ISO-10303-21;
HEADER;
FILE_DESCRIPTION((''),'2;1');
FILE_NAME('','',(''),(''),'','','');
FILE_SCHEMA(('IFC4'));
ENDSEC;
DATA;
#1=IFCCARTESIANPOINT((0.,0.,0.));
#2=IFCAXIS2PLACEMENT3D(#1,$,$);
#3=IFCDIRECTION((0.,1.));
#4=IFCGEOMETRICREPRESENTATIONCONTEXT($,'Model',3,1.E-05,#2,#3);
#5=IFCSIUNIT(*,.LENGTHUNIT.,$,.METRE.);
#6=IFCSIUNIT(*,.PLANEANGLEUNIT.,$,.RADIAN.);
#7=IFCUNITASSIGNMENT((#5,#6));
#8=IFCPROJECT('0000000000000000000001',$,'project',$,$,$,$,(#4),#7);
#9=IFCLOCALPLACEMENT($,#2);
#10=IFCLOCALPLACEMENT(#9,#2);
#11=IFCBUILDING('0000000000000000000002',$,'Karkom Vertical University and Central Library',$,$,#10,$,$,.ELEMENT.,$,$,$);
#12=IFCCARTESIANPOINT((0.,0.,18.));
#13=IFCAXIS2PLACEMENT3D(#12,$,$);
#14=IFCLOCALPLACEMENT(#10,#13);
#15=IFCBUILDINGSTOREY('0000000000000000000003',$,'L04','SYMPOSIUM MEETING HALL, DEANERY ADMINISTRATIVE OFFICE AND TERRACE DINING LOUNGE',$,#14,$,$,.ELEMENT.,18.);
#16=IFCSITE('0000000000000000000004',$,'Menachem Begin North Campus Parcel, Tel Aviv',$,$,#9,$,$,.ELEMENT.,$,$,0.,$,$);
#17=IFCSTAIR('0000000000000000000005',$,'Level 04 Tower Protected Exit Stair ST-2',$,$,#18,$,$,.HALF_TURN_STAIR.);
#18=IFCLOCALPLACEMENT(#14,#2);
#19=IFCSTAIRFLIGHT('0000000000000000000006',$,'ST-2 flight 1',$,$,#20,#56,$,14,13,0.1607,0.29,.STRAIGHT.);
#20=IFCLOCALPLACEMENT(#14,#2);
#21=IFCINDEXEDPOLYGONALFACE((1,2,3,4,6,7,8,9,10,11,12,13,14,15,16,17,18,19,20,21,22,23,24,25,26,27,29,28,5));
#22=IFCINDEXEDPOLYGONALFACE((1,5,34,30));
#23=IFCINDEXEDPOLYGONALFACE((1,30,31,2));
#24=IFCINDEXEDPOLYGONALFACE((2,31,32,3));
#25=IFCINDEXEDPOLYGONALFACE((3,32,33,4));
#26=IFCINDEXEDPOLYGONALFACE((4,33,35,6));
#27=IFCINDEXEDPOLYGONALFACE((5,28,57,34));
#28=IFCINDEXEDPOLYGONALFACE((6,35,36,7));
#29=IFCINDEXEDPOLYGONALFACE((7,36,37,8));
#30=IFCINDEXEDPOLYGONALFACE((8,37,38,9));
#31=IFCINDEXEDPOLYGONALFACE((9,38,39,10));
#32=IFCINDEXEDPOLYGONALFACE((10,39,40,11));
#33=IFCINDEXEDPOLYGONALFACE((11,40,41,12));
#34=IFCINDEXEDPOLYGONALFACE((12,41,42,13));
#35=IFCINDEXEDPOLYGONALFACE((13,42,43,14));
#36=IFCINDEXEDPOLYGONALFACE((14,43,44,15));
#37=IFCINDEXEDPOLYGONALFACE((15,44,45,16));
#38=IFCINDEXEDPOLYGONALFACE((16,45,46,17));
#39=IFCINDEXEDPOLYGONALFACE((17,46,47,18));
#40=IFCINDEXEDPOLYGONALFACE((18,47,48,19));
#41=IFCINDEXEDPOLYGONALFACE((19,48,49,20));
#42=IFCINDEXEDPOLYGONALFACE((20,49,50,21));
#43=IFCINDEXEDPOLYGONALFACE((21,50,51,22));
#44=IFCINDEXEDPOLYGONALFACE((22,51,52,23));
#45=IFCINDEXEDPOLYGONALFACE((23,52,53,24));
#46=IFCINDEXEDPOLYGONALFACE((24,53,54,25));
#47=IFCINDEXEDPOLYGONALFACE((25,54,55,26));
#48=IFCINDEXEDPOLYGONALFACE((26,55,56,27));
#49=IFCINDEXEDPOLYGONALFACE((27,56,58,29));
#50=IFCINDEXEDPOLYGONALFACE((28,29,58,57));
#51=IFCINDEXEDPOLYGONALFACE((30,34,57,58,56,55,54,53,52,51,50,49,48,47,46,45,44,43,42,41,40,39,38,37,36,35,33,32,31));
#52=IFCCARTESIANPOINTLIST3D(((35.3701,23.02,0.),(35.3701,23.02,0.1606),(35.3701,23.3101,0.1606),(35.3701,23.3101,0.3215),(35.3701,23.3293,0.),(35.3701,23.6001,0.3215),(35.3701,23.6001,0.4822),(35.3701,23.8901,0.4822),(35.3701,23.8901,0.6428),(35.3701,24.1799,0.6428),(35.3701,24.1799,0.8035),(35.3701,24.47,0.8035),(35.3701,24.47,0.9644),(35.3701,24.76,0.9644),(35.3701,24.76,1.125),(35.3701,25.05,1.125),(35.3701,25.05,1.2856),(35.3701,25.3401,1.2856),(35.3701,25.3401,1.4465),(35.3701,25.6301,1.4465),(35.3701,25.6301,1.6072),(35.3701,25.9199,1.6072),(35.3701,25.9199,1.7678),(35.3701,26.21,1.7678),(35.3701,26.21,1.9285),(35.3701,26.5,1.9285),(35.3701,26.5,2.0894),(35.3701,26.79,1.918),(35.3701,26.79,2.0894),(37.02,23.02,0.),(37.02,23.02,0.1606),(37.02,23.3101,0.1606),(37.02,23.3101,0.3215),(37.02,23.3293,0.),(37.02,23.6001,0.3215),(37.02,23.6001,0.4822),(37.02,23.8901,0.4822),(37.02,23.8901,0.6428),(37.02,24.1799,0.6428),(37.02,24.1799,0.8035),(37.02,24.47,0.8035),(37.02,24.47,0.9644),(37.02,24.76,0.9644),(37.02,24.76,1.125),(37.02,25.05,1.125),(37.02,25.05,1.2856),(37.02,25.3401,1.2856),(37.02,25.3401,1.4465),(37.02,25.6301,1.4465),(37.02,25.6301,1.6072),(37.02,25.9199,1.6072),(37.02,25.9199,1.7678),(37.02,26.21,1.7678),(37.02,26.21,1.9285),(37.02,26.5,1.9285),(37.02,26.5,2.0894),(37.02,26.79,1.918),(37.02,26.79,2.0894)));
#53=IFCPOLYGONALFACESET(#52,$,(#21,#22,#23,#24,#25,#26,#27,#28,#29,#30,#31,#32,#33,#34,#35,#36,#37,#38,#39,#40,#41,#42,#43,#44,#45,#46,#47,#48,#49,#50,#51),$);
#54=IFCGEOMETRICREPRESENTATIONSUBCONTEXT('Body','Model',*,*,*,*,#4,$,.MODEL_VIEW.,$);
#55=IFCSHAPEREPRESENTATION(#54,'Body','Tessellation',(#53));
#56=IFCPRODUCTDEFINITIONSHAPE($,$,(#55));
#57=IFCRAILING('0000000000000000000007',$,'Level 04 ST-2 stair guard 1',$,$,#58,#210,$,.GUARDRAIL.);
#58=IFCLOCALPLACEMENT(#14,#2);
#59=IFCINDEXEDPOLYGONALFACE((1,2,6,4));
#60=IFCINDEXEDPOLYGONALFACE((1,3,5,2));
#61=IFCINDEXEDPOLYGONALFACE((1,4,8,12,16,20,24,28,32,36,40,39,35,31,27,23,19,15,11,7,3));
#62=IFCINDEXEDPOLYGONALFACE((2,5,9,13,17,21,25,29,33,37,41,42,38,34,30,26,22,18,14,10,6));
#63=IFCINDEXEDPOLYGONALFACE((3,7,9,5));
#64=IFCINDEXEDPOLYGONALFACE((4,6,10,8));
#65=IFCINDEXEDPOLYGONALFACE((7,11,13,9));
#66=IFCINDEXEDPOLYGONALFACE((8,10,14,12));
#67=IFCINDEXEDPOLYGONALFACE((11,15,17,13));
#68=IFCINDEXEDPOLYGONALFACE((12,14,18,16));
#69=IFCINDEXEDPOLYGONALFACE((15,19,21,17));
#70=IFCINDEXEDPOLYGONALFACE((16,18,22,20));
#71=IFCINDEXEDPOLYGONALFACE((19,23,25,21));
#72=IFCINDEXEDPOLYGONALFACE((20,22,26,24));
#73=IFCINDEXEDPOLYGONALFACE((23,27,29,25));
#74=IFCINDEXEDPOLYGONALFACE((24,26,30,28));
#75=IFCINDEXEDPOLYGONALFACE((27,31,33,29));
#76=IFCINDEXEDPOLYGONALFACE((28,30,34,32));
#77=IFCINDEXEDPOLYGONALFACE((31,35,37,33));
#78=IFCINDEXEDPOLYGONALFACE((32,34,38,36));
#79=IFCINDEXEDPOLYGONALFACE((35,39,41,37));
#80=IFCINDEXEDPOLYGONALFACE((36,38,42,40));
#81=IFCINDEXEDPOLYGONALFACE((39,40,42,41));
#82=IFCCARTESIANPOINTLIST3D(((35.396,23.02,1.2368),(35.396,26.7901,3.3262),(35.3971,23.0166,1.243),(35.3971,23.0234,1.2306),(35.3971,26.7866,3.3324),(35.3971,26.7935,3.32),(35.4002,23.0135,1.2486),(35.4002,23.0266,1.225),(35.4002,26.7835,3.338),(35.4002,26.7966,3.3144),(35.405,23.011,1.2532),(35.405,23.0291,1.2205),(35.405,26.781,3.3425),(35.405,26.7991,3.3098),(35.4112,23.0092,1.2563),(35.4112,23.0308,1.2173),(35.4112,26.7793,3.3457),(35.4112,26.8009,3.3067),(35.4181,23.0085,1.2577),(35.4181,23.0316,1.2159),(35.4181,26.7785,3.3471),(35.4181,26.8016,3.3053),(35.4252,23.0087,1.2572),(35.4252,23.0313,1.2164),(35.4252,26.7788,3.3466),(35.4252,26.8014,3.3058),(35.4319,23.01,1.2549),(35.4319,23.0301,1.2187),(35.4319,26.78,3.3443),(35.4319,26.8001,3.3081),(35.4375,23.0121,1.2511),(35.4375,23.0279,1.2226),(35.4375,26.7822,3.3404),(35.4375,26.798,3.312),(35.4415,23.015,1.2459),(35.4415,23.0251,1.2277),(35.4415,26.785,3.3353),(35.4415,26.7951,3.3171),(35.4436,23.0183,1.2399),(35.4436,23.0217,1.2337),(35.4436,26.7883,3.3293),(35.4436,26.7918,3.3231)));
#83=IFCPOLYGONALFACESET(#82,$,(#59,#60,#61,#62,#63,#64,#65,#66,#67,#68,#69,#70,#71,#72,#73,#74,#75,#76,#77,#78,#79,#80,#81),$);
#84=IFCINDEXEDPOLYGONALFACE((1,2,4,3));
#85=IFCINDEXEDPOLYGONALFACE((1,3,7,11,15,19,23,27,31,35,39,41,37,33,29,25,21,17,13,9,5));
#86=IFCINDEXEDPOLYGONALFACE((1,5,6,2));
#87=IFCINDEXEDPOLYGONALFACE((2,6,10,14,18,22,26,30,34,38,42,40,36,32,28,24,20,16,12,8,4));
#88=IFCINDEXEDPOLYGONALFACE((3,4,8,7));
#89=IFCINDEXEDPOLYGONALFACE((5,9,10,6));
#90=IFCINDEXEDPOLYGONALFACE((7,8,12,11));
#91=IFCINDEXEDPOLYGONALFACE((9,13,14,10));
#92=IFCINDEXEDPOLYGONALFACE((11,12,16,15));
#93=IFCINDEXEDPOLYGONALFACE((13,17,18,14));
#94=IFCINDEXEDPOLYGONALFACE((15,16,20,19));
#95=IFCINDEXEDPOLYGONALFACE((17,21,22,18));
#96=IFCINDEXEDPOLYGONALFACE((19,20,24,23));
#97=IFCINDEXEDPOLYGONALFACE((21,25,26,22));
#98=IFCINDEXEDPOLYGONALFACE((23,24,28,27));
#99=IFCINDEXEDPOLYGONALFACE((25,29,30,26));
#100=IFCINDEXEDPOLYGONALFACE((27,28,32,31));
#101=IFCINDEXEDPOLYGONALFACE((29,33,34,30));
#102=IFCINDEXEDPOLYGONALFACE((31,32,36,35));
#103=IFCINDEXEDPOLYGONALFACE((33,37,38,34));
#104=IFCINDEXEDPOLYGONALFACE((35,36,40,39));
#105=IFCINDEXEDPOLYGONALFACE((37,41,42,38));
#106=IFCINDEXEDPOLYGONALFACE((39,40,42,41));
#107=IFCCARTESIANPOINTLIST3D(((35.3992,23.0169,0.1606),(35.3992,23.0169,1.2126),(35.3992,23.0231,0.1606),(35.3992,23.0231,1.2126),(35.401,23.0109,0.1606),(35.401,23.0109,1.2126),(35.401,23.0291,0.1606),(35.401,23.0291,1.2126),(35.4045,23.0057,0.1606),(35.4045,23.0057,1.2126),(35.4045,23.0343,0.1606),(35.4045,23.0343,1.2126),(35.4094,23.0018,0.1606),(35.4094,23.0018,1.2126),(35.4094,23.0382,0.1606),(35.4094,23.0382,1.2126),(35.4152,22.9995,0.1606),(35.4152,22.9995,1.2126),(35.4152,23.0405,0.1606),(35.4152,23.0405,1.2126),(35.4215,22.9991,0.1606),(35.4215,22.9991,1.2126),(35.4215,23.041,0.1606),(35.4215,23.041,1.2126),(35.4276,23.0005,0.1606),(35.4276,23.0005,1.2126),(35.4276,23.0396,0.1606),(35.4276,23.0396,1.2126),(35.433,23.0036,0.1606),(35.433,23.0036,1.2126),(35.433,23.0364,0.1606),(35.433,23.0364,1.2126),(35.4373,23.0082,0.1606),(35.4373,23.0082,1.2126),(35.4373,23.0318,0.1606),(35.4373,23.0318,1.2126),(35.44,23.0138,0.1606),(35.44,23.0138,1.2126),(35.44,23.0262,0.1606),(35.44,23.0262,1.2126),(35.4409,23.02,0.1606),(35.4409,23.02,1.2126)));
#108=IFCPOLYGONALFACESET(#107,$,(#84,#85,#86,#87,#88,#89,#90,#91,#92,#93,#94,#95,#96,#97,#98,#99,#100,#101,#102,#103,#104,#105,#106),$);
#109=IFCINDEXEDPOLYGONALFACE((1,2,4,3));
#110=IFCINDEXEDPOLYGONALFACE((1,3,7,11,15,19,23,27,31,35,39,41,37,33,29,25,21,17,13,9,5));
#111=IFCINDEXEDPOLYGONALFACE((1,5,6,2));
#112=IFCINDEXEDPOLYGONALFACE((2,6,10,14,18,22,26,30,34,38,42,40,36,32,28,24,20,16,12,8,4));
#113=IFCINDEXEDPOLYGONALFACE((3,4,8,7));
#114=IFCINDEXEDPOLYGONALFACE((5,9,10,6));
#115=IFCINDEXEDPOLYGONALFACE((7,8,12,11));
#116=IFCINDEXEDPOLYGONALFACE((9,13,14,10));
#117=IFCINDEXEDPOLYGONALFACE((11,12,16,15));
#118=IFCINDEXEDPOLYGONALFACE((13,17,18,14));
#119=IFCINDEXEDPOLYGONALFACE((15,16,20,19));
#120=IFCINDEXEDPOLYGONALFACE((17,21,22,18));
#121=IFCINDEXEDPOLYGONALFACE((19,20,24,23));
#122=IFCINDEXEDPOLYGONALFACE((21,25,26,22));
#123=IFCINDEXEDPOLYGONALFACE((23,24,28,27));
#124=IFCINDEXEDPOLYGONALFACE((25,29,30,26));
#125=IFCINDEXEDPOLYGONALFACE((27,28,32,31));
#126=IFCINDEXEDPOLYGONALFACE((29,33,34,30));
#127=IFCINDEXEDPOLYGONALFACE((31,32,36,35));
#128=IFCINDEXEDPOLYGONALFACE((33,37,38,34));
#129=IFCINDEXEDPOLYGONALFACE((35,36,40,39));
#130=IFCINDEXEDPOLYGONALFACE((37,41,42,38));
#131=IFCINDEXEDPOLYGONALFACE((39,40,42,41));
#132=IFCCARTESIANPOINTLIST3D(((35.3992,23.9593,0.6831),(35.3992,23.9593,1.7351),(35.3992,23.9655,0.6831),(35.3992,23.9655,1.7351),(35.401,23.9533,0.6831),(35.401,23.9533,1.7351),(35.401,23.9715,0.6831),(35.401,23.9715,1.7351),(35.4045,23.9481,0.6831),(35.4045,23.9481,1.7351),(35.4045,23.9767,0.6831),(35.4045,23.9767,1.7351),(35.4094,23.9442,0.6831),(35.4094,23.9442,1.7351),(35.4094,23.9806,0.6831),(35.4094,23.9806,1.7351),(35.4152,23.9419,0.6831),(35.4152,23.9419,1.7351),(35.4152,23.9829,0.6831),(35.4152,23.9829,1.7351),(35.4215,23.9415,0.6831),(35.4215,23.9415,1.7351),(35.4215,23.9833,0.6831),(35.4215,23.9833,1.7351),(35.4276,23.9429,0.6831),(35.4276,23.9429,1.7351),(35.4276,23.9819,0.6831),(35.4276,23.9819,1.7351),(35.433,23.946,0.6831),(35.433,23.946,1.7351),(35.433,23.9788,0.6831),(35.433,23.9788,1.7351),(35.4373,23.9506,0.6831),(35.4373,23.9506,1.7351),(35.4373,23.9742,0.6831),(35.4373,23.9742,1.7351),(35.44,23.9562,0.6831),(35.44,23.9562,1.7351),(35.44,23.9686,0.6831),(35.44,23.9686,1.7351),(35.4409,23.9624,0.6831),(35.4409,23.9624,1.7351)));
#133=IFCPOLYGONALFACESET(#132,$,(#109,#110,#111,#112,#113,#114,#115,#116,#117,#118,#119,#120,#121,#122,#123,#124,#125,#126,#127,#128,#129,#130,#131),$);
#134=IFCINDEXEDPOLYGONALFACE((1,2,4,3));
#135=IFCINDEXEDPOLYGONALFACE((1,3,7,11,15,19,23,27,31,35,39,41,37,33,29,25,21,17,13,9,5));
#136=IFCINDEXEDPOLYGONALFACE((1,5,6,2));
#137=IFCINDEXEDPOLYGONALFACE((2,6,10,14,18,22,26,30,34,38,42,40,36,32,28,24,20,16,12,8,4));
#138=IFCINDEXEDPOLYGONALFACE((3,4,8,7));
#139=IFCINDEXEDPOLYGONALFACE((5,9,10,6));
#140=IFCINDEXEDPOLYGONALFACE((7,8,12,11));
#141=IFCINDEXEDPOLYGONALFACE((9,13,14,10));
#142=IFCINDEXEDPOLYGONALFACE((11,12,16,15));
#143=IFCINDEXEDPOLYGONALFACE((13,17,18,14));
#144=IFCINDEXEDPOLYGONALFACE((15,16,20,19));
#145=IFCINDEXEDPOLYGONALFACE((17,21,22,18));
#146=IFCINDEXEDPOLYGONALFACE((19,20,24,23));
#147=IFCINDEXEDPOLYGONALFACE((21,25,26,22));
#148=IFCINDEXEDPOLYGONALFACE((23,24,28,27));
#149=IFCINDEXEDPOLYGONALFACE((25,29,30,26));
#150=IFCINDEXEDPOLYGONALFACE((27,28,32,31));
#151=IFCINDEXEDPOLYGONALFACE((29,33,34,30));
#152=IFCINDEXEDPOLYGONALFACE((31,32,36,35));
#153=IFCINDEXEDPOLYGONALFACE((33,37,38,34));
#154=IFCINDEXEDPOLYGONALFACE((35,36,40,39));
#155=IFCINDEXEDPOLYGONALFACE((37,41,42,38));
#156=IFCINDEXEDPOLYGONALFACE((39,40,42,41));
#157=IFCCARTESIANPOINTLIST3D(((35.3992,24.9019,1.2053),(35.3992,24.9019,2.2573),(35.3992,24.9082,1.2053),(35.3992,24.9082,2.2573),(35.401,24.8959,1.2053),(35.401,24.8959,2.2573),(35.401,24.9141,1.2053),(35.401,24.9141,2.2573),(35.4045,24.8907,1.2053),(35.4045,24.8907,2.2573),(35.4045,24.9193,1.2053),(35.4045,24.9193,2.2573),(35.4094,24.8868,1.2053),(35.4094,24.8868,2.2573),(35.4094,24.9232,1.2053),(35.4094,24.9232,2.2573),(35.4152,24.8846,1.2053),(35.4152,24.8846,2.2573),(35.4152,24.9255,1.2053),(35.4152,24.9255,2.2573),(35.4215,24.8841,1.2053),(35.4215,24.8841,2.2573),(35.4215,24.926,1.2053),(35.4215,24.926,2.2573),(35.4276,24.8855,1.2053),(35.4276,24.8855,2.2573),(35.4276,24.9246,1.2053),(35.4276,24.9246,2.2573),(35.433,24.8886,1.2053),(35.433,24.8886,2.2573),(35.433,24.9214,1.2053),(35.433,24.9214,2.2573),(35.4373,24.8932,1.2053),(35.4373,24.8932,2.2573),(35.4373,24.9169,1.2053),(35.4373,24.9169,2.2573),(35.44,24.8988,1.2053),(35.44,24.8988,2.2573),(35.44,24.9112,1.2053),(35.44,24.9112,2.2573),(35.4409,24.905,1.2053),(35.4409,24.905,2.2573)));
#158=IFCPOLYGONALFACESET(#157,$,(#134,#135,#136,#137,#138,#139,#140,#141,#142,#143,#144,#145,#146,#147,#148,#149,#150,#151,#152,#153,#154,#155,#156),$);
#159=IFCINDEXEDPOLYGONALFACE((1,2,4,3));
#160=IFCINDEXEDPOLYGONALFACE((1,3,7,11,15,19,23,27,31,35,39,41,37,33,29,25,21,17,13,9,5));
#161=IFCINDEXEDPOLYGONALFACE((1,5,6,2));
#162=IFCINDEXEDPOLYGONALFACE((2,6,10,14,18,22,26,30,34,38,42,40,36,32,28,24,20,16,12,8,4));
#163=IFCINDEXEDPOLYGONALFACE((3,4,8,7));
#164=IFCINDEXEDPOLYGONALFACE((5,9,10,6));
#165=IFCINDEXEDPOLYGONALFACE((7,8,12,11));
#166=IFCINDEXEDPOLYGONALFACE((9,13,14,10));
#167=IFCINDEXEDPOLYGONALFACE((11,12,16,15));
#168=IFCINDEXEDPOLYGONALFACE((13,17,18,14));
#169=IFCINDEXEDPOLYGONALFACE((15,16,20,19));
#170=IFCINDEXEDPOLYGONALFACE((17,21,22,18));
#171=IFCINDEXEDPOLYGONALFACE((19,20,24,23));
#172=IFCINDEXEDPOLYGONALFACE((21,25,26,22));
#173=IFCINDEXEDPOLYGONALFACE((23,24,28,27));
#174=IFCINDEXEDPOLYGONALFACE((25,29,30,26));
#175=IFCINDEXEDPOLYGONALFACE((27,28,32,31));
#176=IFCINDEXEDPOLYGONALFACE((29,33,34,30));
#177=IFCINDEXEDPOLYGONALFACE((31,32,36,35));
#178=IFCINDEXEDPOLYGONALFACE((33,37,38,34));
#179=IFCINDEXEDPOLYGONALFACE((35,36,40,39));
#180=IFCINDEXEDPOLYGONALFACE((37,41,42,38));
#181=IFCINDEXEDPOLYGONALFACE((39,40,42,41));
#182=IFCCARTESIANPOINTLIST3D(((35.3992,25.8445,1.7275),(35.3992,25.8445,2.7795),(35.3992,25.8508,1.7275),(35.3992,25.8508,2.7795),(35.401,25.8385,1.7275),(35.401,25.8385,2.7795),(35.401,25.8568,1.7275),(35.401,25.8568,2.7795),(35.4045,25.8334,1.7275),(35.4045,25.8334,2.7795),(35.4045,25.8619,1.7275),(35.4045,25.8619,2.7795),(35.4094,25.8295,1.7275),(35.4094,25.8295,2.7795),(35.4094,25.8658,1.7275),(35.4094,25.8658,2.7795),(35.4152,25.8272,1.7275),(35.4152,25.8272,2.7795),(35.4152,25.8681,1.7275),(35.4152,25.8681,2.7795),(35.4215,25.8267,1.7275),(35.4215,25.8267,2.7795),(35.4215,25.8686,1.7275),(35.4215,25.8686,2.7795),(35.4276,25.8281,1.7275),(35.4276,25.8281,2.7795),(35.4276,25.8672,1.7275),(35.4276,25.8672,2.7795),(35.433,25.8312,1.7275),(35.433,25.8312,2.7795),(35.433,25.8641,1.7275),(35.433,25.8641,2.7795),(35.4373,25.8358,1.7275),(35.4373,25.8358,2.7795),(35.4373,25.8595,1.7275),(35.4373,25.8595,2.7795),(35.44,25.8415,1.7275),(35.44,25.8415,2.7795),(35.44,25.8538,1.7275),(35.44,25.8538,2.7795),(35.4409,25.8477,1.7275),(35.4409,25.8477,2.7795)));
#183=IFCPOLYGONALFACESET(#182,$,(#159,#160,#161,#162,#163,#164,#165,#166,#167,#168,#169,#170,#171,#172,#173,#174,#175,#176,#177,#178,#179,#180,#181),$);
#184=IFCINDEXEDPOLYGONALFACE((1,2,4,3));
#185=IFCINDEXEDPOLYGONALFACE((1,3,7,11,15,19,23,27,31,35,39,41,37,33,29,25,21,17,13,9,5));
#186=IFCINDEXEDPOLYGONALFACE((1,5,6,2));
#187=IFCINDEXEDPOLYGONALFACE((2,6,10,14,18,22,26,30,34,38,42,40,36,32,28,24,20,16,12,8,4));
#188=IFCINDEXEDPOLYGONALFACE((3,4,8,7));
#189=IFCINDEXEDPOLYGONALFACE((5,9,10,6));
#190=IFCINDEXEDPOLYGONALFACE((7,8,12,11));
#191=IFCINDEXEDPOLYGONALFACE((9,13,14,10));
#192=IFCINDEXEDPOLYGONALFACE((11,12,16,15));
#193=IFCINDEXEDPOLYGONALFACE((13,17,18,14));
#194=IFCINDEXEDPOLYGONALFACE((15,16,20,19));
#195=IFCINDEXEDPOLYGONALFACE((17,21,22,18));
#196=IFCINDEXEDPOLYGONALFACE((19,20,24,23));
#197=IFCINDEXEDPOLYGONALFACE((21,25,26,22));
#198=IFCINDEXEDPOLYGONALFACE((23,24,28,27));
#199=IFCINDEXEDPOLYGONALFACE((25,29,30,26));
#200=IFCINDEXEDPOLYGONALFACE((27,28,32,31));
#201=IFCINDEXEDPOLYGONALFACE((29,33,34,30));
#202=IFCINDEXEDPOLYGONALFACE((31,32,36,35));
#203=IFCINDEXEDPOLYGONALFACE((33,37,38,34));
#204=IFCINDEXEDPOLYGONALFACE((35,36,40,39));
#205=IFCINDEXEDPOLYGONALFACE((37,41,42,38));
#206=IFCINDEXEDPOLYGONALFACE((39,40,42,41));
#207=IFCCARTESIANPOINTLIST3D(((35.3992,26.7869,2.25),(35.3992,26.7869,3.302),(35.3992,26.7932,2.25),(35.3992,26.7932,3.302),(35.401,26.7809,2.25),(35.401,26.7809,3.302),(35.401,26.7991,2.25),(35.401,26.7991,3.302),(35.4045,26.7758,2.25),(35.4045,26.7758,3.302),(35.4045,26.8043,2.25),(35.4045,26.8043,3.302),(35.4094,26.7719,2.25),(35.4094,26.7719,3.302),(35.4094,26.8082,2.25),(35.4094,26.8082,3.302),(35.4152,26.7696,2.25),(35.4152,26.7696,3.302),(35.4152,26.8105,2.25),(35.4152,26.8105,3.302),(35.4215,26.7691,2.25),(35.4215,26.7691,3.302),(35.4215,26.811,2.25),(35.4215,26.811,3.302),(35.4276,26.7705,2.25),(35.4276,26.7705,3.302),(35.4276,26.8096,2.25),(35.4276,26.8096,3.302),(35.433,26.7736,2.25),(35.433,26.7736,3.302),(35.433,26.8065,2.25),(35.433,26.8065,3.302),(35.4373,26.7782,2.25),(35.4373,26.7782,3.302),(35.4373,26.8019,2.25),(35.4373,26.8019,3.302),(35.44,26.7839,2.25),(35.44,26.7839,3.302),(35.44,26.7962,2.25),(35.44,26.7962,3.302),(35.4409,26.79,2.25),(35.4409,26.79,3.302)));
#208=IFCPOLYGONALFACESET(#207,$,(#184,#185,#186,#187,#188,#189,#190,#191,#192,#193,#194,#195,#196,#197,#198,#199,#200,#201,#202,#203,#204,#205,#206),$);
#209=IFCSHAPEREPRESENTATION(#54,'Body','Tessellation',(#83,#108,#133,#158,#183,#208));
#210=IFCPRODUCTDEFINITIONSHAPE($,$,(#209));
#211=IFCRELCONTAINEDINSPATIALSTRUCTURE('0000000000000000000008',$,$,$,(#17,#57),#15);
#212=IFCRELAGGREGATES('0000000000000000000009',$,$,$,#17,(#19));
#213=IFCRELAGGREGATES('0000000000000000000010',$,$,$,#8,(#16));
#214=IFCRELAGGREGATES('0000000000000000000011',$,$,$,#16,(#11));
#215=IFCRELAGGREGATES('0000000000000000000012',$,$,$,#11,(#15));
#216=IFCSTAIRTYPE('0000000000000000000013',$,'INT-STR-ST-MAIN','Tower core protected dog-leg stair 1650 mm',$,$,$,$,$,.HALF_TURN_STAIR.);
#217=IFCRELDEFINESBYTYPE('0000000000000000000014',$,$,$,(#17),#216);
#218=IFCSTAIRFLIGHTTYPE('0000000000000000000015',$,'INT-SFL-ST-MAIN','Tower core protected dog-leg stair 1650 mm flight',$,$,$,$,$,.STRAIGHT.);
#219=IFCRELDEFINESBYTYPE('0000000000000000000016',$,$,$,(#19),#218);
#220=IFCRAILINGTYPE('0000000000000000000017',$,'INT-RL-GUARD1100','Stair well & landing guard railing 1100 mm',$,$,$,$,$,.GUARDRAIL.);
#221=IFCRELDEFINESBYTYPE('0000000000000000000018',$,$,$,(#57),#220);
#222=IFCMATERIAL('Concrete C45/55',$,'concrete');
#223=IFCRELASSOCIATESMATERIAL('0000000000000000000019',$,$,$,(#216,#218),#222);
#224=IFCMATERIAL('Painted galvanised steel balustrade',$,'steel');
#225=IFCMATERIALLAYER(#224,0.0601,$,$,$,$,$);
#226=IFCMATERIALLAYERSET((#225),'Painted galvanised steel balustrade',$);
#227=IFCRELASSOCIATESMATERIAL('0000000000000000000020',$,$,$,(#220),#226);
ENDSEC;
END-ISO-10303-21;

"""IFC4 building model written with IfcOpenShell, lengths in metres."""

from ifc_helpers import new_model, si_unit, direction, frame, origin, origin_2d, place, context, subcontext, project, spatial, polyline, circle, outline, extrude, material, layer, layer_set, type_object, element, aggregate, save


model = new_model("IFC4")

# Units and contexts
model_context = context("Model", 3, precision=1e-05, world=origin(), true_north=direction((0.0, 1.0)))
body_context = subcontext(model_context, "Body", "Model", "MODEL_VIEW")
ifc_project = project(units=[si_unit("LENGTHUNIT", "METRE"), si_unit("PLANEANGLEUNIT", "RADIAN")], contexts=[model_context])

# Site, building, storey
site_placement = place(None, origin())
site = spatial("IfcSite", under=ifc_project, at=site_placement, Name="Menachem Begin North Campus Parcel, Tel Aviv", CompositionType="ELEMENT", RefElevation=0.0)
building_placement = place(site_placement, origin())
building = spatial("IfcBuilding", under=site, at=building_placement, Name="Karkom Vertical University and Central Library", CompositionType="ELEMENT")
storey_placement = place(building_placement, frame((0.0, 0.0, 18.0)))
storey = spatial("IfcBuildingStorey", under=building, at=storey_placement, Name="L04", Description="SYMPOSIUM MEETING HALL, DEANERY ADMINISTRATIVE OFFICE AND TERRACE DINING LOUNGE", CompositionType="ELEMENT", Elevation=18.0)

# Shared definitions
ifc_material_1 = material(Name="Concrete C45/55", Category="concrete")

# Stair, stair flight
stair_type = type_object("IfcStairType", Name="INT-STR-ST-MAIN", Description="Tower core protected dog-leg stair 1650 mm", PredefinedType="HALF_TURN_STAIR", material=ifc_material_1)
stair_placement = place(storey_placement, origin())
stair = element("IfcStair", 1, at=stair_placement, inside=storey, type_object=stair_type, Name="Level 04 Tower Protected Exit Stair ST-2", PredefinedType="HALF_TURN_STAIR")
stair_flight_type = type_object("IfcStairFlightType", Name="INT-SFL-ST-MAIN", Description="Tower core protected dog-leg stair 1650 mm flight", PredefinedType="STRAIGHT", material=ifc_material_1)
stair_flight_placement = place(storey_placement, frame((36.1951, 23.02, 0.0), z_axis=(0.0, 0.0, 1.0), x_axis=(0.0, 1.0, 0.0)))
stair_flight = element("IfcStairFlight", 2, at=stair_flight_placement, type_object=stair_flight_type, Name="ST-2 flight 1", NumberOfRisers=14, NumberOfTreads=13, PredefinedType="STRAIGHT", RiserHeight=0.1607, TreadLength=0.29, context=body_context, shape_type="SweptSolid", body=[
    extrude(outline(polyline([(0.0, 0.0), (0.0, 0.1606), (0.29, 0.1606), (0.29, 0.3215), (0.5801, 0.3215), (0.5801, 0.4822), (0.8701, 0.4822), (0.8701, 0.6428), (1.1599, 0.6428), (1.1599, 0.8035), (1.45, 0.8035), (1.45, 0.9644), (1.74, 0.9644), (1.74, 1.125), (2.03, 1.125), (2.03, 1.2856), (2.3201, 1.2856), (2.3201, 1.4465), (2.6101, 1.4465), (2.6101, 1.6072), (2.8999, 1.6072), (2.8999, 1.7678), (3.1899, 1.7678), (3.1899, 1.9285), (3.48, 1.9285), (3.48, 2.0894), (3.77, 2.0894), (3.77, 2.25), (3.77, 1.918), (0.3093, 0.0), (0.0, 0.0)])), frame((0.0, 0.825, 0.0), z_axis=(0.0, -1.0, 0.0), x_axis=(1.0, 0.0, 0.0)), (0.0, 0.0, 1.0), 1.6499),
])
aggregate(stair, [stair_flight])

# Railing
ifc_material_2 = material(Name="Painted galvanised steel balustrade", Category="steel")
ifc_layer_1 = layer(ifc_material_2, 0.0601)
ifc_layer_set_1 = layer_set([ifc_layer_1], Name="Painted galvanised steel balustrade")
railing_type_1 = type_object("IfcRailingType", Name="INT-RL-GUARD1100", Description="Stair well & landing guard railing 1100 mm", PredefinedType="GUARDRAIL", material=ifc_layer_set_1)
railing_1_placement = place(storey_placement, frame((35.4199, 23.02, 0.1606)))
element("IfcRailing", 3, at=railing_1_placement, inside=storey, type_object=railing_type_1, Name="Level 04 ST-2 stair guard 1", PredefinedType="GUARDRAIL", context=body_context, shape_type="SweptSolid", body=[
    extrude(circle(Radius=0.0239, at=origin_2d()), frame((0.0, 0.0, 1.0762), z_axis=(0.0, 0.874659, 0.484739), x_axis=(-1.0, 0.0, 0.0)), (0.0, 0.0, 1.0), 4.3103),
    extrude(circle(Radius=0.021, at=origin_2d()), origin(), (0.0, 0.0, 1.0), 1.052),
    extrude(circle(Radius=0.021, at=origin_2d()), frame((0.0, 0.9424, 0.5225)), (0.0, 0.0, 1.0), 1.052),
    extrude(circle(Radius=0.021, at=origin_2d()), frame((0.0, 1.885, 1.0447)), (0.0, 0.0, 1.0), 1.052),
    extrude(circle(Radius=0.021, at=origin_2d()), frame((0.0, 2.8276, 1.5669)), (0.0, 0.0, 1.0), 1.052),
    extrude(circle(Radius=0.021, at=origin_2d()), frame((0.0, 3.77, 2.0894)), (0.0, 0.0, 1.0), 1.052),
])

save(model, "model.ifc")
